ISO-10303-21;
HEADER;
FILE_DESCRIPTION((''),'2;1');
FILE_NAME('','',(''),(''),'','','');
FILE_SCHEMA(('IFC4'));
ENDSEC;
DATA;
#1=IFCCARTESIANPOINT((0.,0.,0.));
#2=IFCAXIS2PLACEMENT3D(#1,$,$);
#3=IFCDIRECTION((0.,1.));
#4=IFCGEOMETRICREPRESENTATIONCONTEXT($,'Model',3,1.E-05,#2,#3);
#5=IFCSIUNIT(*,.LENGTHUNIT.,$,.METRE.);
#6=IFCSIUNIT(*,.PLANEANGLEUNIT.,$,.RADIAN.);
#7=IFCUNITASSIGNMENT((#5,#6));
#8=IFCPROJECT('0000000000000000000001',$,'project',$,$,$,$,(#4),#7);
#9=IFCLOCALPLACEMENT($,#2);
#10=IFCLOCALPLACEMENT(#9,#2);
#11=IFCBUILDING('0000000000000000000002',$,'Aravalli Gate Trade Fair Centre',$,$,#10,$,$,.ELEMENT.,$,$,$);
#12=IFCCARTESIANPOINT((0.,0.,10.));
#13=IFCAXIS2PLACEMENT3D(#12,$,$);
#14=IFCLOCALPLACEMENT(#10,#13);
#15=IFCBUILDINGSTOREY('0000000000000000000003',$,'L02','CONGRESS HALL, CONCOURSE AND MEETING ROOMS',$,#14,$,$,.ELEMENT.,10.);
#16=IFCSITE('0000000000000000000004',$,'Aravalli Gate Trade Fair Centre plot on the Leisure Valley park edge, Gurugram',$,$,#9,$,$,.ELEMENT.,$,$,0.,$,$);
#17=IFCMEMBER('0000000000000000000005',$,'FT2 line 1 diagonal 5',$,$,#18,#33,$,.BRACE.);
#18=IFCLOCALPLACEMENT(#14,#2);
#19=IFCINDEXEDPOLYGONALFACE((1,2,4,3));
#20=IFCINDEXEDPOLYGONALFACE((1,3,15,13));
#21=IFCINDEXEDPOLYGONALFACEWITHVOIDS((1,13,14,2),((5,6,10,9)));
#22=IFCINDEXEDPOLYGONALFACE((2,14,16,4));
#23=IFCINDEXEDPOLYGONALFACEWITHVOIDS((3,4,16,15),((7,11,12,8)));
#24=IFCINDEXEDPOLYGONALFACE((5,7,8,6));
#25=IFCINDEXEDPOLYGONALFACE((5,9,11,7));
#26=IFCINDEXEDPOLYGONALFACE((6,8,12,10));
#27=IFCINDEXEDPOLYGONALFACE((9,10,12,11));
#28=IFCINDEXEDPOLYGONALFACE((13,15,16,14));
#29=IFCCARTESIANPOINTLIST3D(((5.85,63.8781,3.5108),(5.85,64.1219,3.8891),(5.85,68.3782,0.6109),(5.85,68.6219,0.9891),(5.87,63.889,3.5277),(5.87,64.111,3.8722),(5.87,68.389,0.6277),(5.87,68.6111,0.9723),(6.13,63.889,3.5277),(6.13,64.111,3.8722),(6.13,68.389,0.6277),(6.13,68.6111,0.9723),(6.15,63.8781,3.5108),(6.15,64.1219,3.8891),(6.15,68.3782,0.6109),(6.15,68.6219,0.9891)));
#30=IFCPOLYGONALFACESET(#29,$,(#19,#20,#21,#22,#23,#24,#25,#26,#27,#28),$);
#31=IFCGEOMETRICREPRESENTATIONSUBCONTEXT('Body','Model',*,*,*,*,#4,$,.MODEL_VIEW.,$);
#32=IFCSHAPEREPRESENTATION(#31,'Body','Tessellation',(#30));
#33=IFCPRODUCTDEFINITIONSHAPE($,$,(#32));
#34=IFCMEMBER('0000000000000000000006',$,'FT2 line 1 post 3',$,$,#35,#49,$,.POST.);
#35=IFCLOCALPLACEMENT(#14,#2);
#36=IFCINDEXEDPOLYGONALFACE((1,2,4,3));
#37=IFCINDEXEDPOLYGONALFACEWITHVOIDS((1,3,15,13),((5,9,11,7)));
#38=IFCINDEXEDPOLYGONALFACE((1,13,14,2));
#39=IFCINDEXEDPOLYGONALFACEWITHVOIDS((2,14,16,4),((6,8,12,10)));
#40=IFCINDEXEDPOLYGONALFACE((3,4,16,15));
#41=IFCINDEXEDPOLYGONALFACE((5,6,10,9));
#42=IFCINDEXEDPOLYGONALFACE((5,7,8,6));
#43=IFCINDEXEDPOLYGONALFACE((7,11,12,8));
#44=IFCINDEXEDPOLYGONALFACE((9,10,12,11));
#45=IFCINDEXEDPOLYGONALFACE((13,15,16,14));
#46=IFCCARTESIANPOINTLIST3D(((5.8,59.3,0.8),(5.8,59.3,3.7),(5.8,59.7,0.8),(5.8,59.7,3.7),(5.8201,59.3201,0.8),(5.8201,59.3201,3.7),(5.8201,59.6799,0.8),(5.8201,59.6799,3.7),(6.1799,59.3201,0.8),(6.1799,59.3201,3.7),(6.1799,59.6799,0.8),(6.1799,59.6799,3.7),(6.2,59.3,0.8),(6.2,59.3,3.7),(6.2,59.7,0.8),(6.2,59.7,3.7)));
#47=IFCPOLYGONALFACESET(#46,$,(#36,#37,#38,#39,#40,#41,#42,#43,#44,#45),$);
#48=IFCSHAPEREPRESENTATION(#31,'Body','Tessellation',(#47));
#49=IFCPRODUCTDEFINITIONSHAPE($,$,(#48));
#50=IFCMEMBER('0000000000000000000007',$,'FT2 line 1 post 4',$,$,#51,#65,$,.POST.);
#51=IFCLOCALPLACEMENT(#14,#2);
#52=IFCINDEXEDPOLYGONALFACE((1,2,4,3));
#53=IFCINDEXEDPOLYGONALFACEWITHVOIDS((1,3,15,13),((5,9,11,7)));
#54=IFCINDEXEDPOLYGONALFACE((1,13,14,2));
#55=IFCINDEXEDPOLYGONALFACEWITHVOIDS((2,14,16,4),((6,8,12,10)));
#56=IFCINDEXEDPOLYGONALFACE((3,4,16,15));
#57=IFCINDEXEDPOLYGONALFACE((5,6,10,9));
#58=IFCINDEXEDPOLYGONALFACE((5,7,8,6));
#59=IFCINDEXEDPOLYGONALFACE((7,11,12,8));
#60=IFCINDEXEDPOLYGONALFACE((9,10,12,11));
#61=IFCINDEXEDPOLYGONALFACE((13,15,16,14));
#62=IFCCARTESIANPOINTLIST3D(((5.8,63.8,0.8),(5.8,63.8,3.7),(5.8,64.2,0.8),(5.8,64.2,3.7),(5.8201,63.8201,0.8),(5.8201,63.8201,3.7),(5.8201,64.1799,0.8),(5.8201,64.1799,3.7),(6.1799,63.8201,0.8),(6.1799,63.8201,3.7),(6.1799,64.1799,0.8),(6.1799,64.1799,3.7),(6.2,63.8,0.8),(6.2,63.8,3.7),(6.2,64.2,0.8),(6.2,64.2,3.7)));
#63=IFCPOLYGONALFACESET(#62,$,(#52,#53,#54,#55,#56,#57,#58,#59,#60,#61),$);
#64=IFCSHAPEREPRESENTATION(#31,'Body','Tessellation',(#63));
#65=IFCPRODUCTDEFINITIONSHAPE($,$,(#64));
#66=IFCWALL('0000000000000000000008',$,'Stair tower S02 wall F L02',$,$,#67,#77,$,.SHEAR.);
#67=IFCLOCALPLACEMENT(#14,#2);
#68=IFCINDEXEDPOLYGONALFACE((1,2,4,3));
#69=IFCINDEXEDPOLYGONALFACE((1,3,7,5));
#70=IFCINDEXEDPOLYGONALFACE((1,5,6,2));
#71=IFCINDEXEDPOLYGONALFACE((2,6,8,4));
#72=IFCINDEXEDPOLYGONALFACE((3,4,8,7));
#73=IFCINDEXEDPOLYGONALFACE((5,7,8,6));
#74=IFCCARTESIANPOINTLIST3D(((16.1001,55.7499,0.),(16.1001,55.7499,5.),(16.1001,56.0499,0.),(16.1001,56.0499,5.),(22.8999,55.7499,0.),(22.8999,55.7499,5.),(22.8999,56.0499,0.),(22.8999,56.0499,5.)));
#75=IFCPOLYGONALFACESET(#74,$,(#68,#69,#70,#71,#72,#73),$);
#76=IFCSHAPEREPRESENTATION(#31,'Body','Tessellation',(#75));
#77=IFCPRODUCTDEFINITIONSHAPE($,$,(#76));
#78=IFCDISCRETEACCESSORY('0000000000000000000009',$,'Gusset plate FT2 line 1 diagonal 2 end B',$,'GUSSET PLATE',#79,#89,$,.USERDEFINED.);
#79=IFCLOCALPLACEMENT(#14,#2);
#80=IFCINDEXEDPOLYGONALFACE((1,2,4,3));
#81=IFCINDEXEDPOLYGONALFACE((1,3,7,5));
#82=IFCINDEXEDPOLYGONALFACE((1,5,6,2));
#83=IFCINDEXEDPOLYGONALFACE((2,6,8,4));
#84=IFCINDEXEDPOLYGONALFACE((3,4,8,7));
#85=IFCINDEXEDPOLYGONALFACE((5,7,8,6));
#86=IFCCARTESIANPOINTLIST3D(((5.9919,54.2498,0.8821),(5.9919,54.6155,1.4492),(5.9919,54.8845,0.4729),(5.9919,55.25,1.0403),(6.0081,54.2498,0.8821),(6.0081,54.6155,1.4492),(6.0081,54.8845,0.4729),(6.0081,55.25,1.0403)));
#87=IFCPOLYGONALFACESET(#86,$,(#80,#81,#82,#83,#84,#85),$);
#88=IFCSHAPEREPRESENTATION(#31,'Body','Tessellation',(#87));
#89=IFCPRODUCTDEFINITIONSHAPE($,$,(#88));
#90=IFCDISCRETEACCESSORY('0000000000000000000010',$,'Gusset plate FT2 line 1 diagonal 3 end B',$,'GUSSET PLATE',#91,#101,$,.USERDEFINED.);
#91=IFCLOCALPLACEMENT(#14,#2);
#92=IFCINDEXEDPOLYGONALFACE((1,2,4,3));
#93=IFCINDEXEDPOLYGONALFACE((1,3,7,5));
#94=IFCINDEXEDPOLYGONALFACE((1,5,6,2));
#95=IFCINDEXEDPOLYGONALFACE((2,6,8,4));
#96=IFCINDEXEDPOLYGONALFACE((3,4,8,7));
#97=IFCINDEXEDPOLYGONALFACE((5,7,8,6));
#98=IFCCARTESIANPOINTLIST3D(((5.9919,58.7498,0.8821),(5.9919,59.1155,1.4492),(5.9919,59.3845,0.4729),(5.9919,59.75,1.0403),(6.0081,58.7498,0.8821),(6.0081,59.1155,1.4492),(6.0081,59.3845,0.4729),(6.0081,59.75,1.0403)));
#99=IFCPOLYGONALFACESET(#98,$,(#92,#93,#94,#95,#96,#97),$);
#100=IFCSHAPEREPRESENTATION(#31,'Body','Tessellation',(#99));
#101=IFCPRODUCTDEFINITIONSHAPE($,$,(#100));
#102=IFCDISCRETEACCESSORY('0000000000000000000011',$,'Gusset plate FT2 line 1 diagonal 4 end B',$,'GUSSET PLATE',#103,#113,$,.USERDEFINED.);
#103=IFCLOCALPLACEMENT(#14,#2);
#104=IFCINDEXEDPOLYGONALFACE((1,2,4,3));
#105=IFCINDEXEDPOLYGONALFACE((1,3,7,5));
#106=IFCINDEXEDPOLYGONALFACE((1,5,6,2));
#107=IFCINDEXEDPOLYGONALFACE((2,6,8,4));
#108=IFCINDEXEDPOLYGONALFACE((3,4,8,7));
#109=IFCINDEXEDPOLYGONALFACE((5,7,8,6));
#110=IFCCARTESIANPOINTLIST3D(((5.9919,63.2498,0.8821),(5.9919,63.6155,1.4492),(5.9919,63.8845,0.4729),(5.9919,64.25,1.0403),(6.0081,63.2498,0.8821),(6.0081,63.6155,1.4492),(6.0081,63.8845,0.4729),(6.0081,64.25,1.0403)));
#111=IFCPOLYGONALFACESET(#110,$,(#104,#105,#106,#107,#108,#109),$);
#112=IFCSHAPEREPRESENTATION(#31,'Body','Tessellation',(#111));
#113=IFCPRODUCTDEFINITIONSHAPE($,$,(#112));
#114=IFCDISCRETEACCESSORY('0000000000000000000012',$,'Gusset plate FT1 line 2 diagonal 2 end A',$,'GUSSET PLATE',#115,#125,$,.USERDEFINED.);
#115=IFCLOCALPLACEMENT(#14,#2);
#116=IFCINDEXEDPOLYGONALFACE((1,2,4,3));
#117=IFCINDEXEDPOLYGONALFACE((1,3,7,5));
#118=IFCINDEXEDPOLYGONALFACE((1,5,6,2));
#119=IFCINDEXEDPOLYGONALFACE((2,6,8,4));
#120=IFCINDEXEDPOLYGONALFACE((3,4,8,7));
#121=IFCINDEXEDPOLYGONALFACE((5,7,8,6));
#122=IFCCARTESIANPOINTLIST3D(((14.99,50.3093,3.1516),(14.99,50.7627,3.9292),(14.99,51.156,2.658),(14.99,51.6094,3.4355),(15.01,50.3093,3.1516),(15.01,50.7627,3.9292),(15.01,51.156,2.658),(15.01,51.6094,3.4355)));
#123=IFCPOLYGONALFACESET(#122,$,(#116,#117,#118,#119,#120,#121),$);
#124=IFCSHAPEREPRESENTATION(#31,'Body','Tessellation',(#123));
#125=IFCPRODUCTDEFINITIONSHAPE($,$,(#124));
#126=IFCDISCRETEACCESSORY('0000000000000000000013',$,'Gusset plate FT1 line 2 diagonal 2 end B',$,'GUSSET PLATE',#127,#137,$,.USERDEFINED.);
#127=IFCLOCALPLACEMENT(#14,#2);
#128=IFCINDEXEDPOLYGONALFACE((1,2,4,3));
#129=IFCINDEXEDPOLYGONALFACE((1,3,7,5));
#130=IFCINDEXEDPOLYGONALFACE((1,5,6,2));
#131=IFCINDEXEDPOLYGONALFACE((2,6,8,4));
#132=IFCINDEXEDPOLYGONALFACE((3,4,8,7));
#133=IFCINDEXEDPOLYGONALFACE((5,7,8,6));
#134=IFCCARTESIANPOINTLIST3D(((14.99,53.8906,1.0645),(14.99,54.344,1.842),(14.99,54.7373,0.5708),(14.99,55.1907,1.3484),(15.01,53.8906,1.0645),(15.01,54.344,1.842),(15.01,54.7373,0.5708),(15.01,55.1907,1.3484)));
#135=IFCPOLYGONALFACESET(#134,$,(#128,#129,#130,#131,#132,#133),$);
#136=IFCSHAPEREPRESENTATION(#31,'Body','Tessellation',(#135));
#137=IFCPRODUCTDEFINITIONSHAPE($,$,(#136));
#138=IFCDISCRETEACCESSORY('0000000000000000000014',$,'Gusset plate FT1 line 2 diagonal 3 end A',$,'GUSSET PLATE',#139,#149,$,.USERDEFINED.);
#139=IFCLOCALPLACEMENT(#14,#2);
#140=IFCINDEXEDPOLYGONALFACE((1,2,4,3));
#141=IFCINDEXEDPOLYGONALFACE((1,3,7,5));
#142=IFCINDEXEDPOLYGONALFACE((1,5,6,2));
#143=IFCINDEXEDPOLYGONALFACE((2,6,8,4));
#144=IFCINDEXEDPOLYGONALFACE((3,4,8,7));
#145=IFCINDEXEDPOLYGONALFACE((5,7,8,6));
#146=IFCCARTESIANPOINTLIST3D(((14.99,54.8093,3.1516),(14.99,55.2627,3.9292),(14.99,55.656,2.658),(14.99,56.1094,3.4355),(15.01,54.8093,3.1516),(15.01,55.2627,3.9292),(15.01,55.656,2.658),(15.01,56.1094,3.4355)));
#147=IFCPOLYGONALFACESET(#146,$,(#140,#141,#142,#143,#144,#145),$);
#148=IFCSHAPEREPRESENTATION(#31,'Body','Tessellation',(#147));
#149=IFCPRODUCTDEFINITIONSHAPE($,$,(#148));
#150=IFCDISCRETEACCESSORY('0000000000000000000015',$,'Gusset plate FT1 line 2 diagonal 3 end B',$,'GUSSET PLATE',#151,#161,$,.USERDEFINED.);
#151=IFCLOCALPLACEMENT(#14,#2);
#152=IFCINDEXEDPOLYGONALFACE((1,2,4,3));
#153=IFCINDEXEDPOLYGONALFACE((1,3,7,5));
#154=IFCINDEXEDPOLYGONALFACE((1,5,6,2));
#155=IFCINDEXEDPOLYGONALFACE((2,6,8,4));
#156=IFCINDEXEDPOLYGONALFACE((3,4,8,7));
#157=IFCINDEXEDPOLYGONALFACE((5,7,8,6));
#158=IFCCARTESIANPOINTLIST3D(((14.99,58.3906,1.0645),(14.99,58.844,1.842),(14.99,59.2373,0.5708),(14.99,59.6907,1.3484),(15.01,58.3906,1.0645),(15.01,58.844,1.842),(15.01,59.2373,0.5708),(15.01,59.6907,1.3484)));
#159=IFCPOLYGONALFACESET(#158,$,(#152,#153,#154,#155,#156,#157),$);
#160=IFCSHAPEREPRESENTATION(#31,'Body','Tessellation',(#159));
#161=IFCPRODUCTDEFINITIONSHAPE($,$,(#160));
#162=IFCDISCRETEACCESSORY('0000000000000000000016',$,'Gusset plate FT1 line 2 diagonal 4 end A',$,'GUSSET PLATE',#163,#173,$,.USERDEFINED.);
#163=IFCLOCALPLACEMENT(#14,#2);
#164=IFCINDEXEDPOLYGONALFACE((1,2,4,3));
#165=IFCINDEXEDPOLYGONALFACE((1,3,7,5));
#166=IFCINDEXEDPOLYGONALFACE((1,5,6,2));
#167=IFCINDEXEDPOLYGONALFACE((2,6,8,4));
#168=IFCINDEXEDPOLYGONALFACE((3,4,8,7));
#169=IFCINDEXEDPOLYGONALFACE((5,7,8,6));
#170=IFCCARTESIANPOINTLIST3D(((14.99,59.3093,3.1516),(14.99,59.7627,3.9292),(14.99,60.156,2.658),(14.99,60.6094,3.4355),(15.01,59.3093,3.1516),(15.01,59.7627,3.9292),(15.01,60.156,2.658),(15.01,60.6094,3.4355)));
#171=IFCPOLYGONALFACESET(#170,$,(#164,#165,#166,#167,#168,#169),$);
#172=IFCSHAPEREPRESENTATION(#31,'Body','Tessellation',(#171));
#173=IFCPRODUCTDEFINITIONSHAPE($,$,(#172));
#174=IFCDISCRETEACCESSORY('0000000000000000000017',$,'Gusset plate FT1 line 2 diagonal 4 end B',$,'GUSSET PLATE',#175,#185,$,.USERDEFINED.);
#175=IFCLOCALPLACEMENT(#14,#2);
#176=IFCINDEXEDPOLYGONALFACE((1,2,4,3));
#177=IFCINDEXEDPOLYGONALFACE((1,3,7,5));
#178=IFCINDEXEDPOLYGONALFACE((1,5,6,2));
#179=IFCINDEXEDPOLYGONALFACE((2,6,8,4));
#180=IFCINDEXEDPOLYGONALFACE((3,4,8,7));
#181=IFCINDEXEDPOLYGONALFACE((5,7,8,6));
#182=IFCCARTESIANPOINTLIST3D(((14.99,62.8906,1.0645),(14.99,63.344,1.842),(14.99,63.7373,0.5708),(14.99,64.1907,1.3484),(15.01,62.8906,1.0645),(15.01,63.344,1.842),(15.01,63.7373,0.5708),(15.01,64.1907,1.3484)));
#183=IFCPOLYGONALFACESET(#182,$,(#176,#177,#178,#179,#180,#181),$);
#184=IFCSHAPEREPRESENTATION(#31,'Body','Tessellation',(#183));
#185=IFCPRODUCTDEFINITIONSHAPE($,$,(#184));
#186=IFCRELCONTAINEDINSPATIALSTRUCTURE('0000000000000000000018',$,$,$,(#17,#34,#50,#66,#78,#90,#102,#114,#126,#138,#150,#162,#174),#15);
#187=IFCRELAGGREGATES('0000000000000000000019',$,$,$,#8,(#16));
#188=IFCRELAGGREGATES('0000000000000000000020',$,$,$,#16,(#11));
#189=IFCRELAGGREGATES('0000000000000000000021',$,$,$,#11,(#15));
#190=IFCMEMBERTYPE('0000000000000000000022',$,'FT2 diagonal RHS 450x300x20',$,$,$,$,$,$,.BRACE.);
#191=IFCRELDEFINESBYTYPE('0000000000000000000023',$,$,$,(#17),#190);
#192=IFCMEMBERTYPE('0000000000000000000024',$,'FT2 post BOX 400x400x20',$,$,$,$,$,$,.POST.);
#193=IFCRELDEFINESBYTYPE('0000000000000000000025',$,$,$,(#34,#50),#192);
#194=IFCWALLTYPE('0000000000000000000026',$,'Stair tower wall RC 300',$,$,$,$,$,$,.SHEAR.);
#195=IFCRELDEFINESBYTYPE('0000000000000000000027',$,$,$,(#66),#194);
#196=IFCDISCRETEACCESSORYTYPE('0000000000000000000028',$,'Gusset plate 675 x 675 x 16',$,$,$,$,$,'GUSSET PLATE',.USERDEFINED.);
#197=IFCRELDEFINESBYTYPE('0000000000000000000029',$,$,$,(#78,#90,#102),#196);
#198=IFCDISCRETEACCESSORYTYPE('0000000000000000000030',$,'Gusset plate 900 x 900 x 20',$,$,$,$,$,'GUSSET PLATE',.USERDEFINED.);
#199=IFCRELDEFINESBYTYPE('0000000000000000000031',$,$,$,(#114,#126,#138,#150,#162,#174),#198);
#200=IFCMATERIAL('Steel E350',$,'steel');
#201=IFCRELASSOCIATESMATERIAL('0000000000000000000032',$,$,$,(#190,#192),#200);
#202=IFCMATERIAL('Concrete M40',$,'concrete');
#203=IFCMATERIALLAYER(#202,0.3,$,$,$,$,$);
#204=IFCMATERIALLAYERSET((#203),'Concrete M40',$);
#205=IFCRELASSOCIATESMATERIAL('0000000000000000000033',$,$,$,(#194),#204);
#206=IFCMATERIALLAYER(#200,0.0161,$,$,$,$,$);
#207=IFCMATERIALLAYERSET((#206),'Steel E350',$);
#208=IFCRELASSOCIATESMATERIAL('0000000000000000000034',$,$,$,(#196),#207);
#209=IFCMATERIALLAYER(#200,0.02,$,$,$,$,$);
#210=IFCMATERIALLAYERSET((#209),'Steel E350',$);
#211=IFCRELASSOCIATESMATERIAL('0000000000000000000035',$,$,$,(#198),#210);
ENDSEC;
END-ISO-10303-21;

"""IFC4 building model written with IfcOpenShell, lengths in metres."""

from ifc_helpers import new_model, si_unit, direction, frame, frame_2d, origin, origin_2d, place, context, subcontext, project, spatial, polyline, rectangle, hollow_rectangle, outline, extrude, material, layer, layer_set, material_profile, profile_set, type_object, element, save


model = new_model("IFC4")

# Units and contexts
model_context = context("Model", 3, precision=1e-05, world=origin(), true_north=direction((0.0, 1.0)))
body_context = subcontext(model_context, "Body", "Model", "MODEL_VIEW")
ifc_project = project(units=[si_unit("LENGTHUNIT", "METRE"), si_unit("PLANEANGLEUNIT", "RADIAN")], contexts=[model_context])

# Site, building, storey
site_placement = place(None, origin())
site = spatial("IfcSite", under=ifc_project, at=site_placement, Name="Aravalli Gate Trade Fair Centre plot on the Leisure Valley park edge, Gurugram", CompositionType="ELEMENT", RefElevation=0.0)
building_placement = place(site_placement, origin())
building = spatial("IfcBuilding", under=site, at=building_placement, Name="Aravalli Gate Trade Fair Centre", CompositionType="ELEMENT")
storey_placement = place(building_placement, frame((0.0, 0.0, 10.0)))
storey = spatial("IfcBuildingStorey", under=building, at=storey_placement, Name="L02", Description="CONGRESS HALL, CONCOURSE AND MEETING ROOMS", CompositionType="ELEMENT", Elevation=10.0)

# Members
ifc_material_1 = material(Name="Steel E350", Category="steel")
ifc_material_profile_1 = material_profile(ifc_material_1, hollow_rectangle(XDim=0.3, YDim=0.45, WallThickness=0.02, at=origin_2d()), Name="RHS 450x300x20")
ifc_profile_set_1 = profile_set([ifc_material_profile_1], Name="Steel E350")
member_type_1 = type_object("IfcMemberType", Name="FT2 diagonal RHS 450x300x20", PredefinedType="BRACE", material=ifc_profile_set_1)
for number, where, z_axis, x_axis, name in (
    (1, (6.0, 64.0, 3.7), (0.0, 0.840579, -0.541688), (-1.0, 0.0, 0.0), "FT2 line 1 diagonal 5"),
):
    element("IfcMember", number, at=place(storey_placement, frame(where, z_axis=z_axis, x_axis=x_axis)), inside=storey, type_object=member_type_1, Name=name, PredefinedType="BRACE", context=body_context, shape_type="SweptSolid", body=[
        extrude(hollow_rectangle(XDim=0.3, YDim=0.45, WallThickness=0.02, at=origin_2d()), origin(), (0.0, 0.0, 1.0), 5.3535),
    ])
ifc_material_profile_2 = material_profile(ifc_material_1, hollow_rectangle(XDim=0.3999, YDim=0.3999, WallThickness=0.02, at=origin_2d()), Name="BOX 400x400x20")
ifc_profile_set_2 = profile_set([ifc_material_profile_2], Name="Steel E350")
member_type_2 = type_object("IfcMemberType", Name="FT2 post BOX 400x400x20", PredefinedType="POST", material=ifc_profile_set_2)
for number, where, z_axis, x_axis, name in (
    (2, (6.0, 59.5, 0.8), (0.0, 0.0, 1.0), (1.0, 0.0, 0.0), "FT2 line 1 post 3"),
    (3, (6.0, 64.0, 0.8), (0.0, 0.0, 1.0), (1.0, 0.0, 0.0), "FT2 line 1 post 4"),
):
    element("IfcMember", number, at=place(storey_placement, frame(where, z_axis=z_axis, x_axis=x_axis)), inside=storey, type_object=member_type_2, Name=name, PredefinedType="POST", context=body_context, shape_type="SweptSolid", body=[
        extrude(hollow_rectangle(XDim=0.3999, YDim=0.3999, WallThickness=0.02, at=origin_2d()), origin(), (0.0, 0.0, 1.0), 2.8999),
    ])

# Wall
ifc_material_2 = material(Name="Concrete M40", Category="concrete")
ifc_layer_1 = layer(ifc_material_2, 0.3)
ifc_layer_set_1 = layer_set([ifc_layer_1], Name="Concrete M40")
wall_type = type_object("IfcWallType", Name="Stair tower wall RC 300", PredefinedType="SHEAR", material=ifc_layer_set_1)
wall_placement = place(storey_placement, frame((16.1001, 55.8999, 0.0), z_axis=(0.0, 0.0, 1.0), x_axis=(1.0, 0.0, 0.0)))
element("IfcWall", 4, at=wall_placement, inside=storey, type_object=wall_type, Name="Stair tower S02 wall F L02", PredefinedType="SHEAR", context=body_context, shape_type="SweptSolid", body=[
    extrude(rectangle(XDim=6.7998, YDim=0.3, at=frame_2d((3.3999, 0.0))), origin(), (0.0, 0.0, 1.0), 5.0),
])

# Discrete accessories
ifc_layer_2 = layer(ifc_material_1, 0.0161)
ifc_layer_set_2 = layer_set([ifc_layer_2], Name="Steel E350")
discrete_accessory_type_1 = type_object("IfcDiscreteAccessoryType", Name="Gusset plate 675 x 675 x 16", ElementType="GUSSET PLATE", PredefinedType="USERDEFINED", material=ifc_layer_set_2)
for number, where, z_axis, x_axis, name in (
    (5, (6.0081, 54.2498, 0.8821), (1.0, 0.0, 0.0), (0.0, 0.840506, -0.541803), "Gusset plate FT2 line 1 diagonal 2 end B"),
    (6, (6.0081, 58.7498, 0.8821), (1.0, 0.0, 0.0), (0.0, 0.840506, -0.541803), "Gusset plate FT2 line 1 diagonal 3 end B"),
    (7, (6.0081, 63.2498, 0.8821), (1.0, 0.0, 0.0), (0.0, 0.840506, -0.541803), "Gusset plate FT2 line 1 diagonal 4 end B"),
):
    element("IfcDiscreteAccessory", number, at=place(storey_placement, frame(where, z_axis=z_axis, x_axis=x_axis)), inside=storey, type_object=discrete_accessory_type_1, Name=name, ObjectType="GUSSET PLATE", PredefinedType="USERDEFINED", context=body_context, shape_type="SweptSolid", body=[
        extrude(outline(polyline([(0.0, 0.0), (0.7552, 0.0), (0.755, 0.6749), (0.0001, 0.6748), (0.0, 0.0)])), origin(), (0.0, 0.0, -1.0), 0.0161),
    ])
ifc_layer_3 = layer(ifc_material_1, 0.02)
ifc_layer_set_3 = layer_set([ifc_layer_3], Name="Steel E350")
discrete_accessory_type_2 = type_object("IfcDiscreteAccessoryType", Name="Gusset plate 900 x 900 x 20", ElementType="GUSSET PLATE", PredefinedType="USERDEFINED", material=ifc_layer_set_3)
discrete_accessory_1_placement = place(storey_placement, frame((14.99, 51.156, 2.658), z_axis=(-1.0, 0.0, 0.0), x_axis=(0.0, -0.863887, 0.503685)))
element("IfcDiscreteAccessory", 8, at=discrete_accessory_1_placement, inside=storey, type_object=discrete_accessory_type_2, Name="Gusset plate FT1 line 2 diagonal 2 end A", ObjectType="GUSSET PLATE", PredefinedType="USERDEFINED", context=body_context, shape_type="SweptSolid", body=[
    extrude(outline(polyline([(0.0, 0.0), (0.9801, 0.0), (0.9801, 0.9001), (0.0, 0.9001), (0.0, 0.0)])), origin(), (0.0, 0.0, -1.0), 0.02),
])
discrete_accessory_2_placement = place(storey_placement, frame((15.01, 53.8906, 1.0645), z_axis=(1.0, 0.0, 0.0), x_axis=(0.0, 0.863887, -0.503685)))
element("IfcDiscreteAccessory", 9, at=discrete_accessory_2_placement, inside=storey, type_object=discrete_accessory_type_2, Name="Gusset plate FT1 line 2 diagonal 2 end B", ObjectType="GUSSET PLATE", PredefinedType="USERDEFINED", context=body_context, shape_type="SweptSolid", body=[
    extrude(outline(polyline([(0.0, 0.0), (0.9801, 0.0), (0.9801, 0.9001), (0.0, 0.9001), (0.0, 0.0)])), origin(), (0.0, 0.0, -1.0), 0.02),
])
discrete_accessory_3_placement = place(storey_placement, frame((14.99, 55.656, 2.658), z_axis=(-1.0, 0.0, 0.0), x_axis=(0.0, -0.863887, 0.503685)))
element("IfcDiscreteAccessory", 10, at=discrete_accessory_3_placement, inside=storey, type_object=discrete_accessory_type_2, Name="Gusset plate FT1 line 2 diagonal 3 end A", ObjectType="GUSSET PLATE", PredefinedType="USERDEFINED", context=body_context, shape_type="SweptSolid", body=[
    extrude(outline(polyline([(0.0, 0.0), (0.9801, 0.0), (0.9801, 0.9001), (0.0, 0.9001), (0.0, 0.0)])), origin(), (0.0, 0.0, -1.0), 0.02),
])
discrete_accessory_4_placement = place(storey_placement, frame((15.01, 58.3906, 1.0645), z_axis=(1.0, 0.0, 0.0), x_axis=(0.0, 0.863887, -0.503685)))
element("IfcDiscreteAccessory", 11, at=discrete_accessory_4_placement, inside=storey, type_object=discrete_accessory_type_2, Name="Gusset plate FT1 line 2 diagonal 3 end B", ObjectType="GUSSET PLATE", PredefinedType="USERDEFINED", context=body_context, shape_type="SweptSolid", body=[
    extrude(outline(polyline([(0.0, 0.0), (0.9801, 0.0), (0.9801, 0.9001), (0.0, 0.9001), (0.0, 0.0)])), origin(), (0.0, 0.0, -1.0), 0.02),
])
discrete_accessory_5_placement = place(storey_placement, frame((14.99, 60.156, 2.658), z_axis=(-1.0, 0.0, 0.0), x_axis=(0.0, -0.863887, 0.503685)))
element("IfcDiscreteAccessory", 12, at=discrete_accessory_5_placement, inside=storey, type_object=discrete_accessory_type_2, Name="Gusset plate FT1 line 2 diagonal 4 end A", ObjectType="GUSSET PLATE", PredefinedType="USERDEFINED", context=body_context, shape_type="SweptSolid", body=[
    extrude(outline(polyline([(0.0, 0.0), (0.9801, 0.0), (0.9801, 0.9001), (0.0, 0.9001), (0.0, 0.0)])), origin(), (0.0, 0.0, -1.0), 0.02),
])
discrete_accessory_6_placement = place(storey_placement, frame((15.01, 62.8906, 1.0645), z_axis=(1.0, 0.0, 0.0), x_axis=(0.0, 0.863887, -0.503685)))
element("IfcDiscreteAccessory", 13, at=discrete_accessory_6_placement, inside=storey, type_object=discrete_accessory_type_2, Name="Gusset plate FT1 line 2 diagonal 4 end B", ObjectType="GUSSET PLATE", PredefinedType="USERDEFINED", context=body_context, shape_type="SweptSolid", body=[
    extrude(outline(polyline([(0.0, 0.0), (0.9801, 0.0), (0.9801, 0.9001), (0.0, 0.9001), (0.0, 0.0)])), origin(), (0.0, 0.0, -1.0), 0.02),
])

save(model, "model.ifc")
